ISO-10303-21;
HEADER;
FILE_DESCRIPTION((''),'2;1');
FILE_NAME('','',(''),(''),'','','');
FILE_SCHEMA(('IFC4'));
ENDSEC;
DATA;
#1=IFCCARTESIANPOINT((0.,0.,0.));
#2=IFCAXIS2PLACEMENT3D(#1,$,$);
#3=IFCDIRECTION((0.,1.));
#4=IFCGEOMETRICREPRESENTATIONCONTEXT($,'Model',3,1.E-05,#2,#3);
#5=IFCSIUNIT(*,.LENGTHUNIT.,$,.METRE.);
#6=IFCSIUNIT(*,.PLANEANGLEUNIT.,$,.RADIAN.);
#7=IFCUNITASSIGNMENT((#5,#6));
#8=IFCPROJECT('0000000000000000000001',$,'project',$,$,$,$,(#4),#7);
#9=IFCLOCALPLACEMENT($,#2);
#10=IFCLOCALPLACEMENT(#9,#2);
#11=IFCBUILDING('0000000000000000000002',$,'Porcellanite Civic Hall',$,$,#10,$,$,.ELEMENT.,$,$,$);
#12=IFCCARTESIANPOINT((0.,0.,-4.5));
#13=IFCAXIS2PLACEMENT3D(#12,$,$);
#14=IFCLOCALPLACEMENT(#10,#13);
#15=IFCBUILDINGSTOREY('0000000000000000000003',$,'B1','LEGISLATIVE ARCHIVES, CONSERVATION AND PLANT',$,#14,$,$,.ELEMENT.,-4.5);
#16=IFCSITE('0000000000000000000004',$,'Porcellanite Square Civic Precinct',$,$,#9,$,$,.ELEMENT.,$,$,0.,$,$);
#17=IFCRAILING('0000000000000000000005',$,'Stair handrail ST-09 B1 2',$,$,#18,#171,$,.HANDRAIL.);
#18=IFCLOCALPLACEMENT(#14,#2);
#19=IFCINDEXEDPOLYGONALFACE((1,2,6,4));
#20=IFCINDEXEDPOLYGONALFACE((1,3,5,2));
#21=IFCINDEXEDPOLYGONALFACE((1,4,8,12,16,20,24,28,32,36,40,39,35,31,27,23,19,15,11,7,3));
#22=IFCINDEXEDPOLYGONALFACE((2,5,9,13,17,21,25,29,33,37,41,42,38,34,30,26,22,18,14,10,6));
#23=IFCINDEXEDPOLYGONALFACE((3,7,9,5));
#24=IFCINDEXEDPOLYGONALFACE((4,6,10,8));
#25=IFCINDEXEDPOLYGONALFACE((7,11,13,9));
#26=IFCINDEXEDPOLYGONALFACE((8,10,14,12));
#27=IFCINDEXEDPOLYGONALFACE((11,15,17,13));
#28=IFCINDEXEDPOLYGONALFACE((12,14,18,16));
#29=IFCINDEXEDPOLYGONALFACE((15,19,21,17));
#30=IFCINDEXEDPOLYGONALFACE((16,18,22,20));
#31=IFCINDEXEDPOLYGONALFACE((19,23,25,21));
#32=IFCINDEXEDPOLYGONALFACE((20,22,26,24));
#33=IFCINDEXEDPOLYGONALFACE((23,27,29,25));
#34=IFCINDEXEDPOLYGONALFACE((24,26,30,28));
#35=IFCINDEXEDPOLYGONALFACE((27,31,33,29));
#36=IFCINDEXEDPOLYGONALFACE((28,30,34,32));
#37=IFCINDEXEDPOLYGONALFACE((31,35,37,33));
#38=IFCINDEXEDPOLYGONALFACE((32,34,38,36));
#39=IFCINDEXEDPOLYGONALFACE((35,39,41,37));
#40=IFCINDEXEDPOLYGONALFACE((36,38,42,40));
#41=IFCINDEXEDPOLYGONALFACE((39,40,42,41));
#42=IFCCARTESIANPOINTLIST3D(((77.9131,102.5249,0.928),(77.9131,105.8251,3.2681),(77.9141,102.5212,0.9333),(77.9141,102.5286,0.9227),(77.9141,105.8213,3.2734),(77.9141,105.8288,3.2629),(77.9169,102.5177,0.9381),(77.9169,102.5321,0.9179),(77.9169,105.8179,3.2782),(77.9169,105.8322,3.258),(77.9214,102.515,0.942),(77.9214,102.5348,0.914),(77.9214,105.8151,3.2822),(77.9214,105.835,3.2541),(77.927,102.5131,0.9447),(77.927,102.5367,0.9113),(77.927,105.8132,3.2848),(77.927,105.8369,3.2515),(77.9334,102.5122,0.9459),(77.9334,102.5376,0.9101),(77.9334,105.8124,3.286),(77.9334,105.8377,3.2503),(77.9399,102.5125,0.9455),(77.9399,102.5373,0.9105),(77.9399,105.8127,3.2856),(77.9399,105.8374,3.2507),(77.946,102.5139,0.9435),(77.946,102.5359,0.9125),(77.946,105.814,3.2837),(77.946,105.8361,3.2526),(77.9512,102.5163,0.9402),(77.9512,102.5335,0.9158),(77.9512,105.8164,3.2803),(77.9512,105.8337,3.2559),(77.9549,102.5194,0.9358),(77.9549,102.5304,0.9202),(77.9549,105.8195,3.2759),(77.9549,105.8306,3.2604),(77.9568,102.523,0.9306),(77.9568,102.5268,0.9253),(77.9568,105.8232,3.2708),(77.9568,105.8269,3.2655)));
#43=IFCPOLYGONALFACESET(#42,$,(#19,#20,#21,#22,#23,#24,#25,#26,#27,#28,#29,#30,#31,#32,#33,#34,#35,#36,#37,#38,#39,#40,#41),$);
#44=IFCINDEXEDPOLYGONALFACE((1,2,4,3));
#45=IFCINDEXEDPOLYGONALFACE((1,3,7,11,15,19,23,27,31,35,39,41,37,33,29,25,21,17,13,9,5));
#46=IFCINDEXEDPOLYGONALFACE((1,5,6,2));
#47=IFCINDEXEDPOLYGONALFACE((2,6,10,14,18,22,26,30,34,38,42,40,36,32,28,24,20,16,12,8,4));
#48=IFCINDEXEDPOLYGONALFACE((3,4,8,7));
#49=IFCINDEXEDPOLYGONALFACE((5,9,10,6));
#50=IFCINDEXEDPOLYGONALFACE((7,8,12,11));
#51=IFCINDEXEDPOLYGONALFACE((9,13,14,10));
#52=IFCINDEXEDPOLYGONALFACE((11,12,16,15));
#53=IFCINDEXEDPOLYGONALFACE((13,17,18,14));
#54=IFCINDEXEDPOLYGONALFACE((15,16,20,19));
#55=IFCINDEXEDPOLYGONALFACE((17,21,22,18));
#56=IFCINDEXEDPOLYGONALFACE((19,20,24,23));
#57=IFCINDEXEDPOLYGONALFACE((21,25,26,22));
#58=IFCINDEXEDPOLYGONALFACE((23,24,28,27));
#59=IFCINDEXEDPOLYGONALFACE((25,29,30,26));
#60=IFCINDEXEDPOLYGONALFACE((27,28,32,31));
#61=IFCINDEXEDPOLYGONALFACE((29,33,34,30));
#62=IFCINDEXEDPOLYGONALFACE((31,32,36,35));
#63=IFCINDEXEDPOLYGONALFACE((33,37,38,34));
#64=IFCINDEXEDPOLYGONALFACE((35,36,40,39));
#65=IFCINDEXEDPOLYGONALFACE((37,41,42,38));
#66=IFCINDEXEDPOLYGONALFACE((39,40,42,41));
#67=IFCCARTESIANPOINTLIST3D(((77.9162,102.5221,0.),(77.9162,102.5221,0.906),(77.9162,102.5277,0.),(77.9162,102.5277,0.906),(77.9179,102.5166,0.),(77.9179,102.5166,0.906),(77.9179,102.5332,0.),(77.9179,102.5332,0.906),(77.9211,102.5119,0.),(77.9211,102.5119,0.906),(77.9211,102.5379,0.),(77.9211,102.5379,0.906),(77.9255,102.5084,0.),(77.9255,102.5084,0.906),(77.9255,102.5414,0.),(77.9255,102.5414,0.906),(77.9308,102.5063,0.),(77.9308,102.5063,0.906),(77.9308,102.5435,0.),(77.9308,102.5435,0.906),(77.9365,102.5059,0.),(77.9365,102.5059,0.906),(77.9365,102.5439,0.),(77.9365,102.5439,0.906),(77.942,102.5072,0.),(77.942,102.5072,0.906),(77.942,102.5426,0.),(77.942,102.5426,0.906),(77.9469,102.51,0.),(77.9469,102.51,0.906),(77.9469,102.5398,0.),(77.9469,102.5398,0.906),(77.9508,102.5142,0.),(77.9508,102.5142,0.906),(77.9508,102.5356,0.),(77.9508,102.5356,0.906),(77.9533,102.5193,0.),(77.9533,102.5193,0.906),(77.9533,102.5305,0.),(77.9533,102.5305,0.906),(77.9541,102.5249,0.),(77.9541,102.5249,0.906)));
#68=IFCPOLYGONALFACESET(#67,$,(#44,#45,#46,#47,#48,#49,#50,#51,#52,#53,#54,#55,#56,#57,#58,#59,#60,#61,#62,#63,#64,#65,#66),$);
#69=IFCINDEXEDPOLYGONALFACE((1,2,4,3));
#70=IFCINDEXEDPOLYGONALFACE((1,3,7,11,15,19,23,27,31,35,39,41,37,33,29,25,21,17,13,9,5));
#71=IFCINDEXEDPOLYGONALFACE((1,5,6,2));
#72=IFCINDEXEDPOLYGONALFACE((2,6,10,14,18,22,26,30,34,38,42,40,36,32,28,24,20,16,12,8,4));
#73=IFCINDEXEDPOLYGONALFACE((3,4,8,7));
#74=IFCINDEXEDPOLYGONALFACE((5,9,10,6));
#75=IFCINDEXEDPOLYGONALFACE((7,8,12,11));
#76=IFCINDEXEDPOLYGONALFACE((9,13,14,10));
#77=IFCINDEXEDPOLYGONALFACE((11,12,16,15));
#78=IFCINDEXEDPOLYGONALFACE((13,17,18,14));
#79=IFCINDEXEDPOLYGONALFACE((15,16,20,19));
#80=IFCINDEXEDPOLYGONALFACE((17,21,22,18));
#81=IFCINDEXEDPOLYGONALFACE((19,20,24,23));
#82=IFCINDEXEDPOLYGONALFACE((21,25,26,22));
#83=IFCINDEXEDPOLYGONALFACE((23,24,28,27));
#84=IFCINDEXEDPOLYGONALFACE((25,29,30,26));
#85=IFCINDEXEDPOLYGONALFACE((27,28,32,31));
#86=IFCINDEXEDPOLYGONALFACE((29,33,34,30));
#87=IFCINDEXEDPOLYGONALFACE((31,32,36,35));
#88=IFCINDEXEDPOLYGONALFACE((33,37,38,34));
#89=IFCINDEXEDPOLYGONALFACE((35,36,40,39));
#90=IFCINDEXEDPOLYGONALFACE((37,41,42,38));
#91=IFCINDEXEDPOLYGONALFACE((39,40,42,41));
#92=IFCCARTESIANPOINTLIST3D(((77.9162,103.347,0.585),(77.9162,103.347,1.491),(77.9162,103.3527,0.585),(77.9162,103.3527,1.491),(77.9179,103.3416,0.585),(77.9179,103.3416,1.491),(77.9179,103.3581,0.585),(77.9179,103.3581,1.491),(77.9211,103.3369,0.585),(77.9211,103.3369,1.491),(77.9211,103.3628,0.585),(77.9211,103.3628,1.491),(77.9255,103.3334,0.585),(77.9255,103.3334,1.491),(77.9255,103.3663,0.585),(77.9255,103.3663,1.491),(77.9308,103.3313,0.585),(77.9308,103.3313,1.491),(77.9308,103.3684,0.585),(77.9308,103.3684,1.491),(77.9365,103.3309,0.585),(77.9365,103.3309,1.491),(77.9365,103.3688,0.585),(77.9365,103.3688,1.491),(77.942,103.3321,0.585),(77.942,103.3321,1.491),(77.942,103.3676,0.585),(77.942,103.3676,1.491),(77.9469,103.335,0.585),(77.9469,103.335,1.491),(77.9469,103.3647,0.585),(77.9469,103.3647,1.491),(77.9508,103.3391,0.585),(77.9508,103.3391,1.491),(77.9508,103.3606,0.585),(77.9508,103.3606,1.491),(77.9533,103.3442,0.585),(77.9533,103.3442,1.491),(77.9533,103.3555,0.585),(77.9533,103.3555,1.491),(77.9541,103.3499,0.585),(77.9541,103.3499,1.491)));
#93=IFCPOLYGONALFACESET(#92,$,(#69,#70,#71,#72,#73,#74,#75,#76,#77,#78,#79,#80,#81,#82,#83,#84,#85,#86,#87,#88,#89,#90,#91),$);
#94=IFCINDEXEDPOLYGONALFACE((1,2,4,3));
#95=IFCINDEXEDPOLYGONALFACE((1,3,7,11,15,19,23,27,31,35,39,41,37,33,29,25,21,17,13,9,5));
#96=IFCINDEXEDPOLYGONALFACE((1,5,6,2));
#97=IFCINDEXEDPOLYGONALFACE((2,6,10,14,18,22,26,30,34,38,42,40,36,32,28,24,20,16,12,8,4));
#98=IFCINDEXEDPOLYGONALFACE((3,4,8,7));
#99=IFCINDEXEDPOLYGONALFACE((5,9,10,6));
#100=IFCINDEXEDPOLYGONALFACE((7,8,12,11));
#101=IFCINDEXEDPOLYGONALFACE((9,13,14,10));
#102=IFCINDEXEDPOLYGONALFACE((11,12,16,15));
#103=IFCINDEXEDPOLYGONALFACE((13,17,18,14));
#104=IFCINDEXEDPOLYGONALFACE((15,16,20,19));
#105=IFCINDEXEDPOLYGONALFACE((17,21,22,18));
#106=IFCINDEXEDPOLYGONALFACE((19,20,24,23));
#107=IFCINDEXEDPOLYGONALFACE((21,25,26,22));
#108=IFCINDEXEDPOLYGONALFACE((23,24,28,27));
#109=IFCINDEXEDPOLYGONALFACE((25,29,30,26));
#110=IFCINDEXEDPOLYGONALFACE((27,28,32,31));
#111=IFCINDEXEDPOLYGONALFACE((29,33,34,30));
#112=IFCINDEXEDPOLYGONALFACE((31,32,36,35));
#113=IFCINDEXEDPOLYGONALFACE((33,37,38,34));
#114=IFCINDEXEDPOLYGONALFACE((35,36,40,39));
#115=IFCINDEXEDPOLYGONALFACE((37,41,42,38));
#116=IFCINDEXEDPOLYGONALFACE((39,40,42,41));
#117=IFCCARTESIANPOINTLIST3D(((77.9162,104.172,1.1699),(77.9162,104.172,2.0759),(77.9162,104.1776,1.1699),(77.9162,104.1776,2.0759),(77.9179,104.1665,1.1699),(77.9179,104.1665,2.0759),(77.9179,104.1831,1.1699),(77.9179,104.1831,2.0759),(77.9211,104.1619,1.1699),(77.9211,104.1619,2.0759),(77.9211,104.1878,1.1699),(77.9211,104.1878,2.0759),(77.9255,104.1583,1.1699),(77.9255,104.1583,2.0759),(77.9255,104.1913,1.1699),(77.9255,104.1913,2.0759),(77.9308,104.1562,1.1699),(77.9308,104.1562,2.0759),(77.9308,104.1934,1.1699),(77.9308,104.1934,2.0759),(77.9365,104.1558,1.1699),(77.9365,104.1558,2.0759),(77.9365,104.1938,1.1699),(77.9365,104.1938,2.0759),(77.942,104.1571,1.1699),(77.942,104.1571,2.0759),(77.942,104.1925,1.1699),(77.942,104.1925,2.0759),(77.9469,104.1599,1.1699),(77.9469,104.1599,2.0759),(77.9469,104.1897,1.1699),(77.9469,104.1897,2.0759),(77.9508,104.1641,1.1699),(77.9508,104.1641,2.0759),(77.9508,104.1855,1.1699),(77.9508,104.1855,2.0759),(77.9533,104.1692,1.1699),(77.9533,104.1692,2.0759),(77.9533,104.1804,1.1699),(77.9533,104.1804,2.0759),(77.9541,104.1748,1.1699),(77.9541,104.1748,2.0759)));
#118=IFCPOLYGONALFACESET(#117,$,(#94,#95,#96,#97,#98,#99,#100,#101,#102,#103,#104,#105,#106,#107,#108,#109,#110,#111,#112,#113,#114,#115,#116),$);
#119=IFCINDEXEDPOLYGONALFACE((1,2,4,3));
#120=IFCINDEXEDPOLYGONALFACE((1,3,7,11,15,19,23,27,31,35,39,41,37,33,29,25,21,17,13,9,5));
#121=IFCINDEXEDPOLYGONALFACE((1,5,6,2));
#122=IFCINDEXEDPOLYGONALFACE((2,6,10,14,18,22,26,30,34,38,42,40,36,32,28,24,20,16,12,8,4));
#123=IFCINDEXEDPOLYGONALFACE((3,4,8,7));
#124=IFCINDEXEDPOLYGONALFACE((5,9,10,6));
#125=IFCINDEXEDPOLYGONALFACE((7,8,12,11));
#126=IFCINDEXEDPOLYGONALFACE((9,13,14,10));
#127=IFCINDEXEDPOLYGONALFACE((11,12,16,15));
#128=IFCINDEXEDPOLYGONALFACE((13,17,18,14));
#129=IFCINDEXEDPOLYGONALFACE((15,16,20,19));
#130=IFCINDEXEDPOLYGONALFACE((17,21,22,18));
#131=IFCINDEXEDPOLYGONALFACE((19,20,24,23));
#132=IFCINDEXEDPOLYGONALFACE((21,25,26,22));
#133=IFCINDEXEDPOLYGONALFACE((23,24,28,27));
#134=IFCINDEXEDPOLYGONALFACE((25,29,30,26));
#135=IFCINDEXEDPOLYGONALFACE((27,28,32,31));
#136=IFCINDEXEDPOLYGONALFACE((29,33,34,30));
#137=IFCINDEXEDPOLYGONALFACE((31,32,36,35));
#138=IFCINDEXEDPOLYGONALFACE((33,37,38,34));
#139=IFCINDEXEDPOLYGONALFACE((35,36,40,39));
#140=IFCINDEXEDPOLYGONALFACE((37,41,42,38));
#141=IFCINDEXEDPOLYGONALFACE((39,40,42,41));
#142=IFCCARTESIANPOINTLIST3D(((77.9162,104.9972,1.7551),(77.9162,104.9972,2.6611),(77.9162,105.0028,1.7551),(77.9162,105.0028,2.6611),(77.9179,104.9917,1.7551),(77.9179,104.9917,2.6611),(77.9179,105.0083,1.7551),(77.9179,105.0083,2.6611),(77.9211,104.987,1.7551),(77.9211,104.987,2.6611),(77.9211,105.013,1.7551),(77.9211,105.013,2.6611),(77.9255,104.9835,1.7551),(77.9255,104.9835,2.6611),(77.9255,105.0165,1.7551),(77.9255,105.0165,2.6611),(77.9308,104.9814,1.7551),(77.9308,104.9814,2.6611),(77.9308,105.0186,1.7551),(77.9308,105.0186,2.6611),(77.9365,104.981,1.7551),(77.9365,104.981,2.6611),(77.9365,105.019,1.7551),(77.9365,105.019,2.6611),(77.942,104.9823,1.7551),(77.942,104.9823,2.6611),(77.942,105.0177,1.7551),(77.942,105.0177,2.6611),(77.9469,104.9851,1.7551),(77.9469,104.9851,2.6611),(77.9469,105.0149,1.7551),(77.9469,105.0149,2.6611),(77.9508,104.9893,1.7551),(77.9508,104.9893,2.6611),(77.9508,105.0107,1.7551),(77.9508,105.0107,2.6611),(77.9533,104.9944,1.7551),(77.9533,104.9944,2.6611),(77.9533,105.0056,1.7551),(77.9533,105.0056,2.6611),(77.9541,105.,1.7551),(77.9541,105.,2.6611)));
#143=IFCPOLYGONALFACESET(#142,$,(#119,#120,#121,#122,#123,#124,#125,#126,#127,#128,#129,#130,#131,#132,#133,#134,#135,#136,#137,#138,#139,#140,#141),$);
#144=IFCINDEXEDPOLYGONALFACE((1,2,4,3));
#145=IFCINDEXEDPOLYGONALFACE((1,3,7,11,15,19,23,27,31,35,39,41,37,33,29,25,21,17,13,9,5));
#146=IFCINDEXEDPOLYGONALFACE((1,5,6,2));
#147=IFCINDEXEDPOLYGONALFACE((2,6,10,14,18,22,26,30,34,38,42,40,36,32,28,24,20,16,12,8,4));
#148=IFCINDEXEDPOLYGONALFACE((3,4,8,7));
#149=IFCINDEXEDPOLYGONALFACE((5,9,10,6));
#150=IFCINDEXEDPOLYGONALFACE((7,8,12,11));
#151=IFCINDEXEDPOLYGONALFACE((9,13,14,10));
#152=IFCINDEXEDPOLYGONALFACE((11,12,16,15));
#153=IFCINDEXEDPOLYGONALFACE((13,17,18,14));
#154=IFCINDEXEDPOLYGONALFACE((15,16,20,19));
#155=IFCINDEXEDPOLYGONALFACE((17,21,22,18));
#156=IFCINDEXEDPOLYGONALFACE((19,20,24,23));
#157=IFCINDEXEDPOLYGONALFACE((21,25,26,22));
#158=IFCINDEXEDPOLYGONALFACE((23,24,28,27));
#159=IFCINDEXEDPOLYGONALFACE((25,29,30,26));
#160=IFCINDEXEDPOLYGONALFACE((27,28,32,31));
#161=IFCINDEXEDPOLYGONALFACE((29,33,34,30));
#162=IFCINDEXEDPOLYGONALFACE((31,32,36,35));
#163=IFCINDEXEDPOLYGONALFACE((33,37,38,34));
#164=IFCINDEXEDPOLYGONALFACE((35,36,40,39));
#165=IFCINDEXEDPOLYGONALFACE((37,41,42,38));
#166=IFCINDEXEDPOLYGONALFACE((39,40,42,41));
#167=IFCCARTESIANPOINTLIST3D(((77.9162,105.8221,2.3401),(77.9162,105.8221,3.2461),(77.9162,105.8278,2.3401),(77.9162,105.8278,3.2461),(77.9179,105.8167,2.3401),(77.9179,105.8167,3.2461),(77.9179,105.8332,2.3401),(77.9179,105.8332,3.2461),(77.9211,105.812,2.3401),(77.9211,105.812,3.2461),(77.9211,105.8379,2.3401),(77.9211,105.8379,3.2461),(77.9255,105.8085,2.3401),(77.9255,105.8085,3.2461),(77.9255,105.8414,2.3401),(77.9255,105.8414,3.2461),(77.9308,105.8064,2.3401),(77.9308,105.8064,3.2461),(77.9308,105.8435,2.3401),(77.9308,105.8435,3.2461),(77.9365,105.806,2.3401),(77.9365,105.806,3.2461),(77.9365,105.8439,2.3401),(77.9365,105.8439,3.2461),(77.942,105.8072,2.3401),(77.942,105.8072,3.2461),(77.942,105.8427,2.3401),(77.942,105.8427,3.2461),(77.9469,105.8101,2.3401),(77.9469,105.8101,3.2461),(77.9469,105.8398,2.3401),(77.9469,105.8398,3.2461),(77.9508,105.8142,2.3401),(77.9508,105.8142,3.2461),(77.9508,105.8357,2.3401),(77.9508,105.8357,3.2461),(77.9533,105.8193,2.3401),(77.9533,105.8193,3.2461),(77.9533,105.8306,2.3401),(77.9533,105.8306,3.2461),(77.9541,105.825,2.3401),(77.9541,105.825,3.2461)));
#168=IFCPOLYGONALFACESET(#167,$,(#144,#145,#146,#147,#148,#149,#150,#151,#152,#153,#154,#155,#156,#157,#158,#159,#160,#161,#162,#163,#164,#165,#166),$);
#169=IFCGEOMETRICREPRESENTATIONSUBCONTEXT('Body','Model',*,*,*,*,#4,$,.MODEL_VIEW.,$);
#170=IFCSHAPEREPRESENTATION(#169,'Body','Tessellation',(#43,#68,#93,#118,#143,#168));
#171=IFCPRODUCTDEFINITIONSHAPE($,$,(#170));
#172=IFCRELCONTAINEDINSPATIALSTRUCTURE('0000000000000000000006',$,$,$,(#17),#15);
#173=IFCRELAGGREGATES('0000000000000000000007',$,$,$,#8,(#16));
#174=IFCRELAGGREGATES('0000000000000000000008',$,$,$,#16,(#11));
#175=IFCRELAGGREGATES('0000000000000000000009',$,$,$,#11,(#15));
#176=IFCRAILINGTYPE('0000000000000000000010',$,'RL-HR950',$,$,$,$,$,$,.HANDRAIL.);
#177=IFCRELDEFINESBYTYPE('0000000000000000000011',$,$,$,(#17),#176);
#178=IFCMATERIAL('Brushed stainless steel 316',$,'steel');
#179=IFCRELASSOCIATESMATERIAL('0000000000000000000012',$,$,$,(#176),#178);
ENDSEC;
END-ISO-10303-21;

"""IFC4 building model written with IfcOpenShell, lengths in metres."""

from ifc_helpers import new_model, si_unit, direction, frame, origin, origin_2d, place, context, subcontext, project, spatial, circle, extrude, material, type_object, element, save


model = new_model("IFC4")

# Units and contexts
model_context = context("Model", 3, precision=1e-05, world=origin(), true_north=direction((0.0, 1.0)))
body_context = subcontext(model_context, "Body", "Model", "MODEL_VIEW")
ifc_project = project(units=[si_unit("LENGTHUNIT", "METRE"), si_unit("PLANEANGLEUNIT", "RADIAN")], contexts=[model_context])

# Site, building, storey
site_placement = place(None, origin())
site = spatial("IfcSite", under=ifc_project, at=site_placement, Name="Porcellanite Square Civic Precinct", CompositionType="ELEMENT", RefElevation=0.0)
building_placement = place(site_placement, origin())
building = spatial("IfcBuilding", under=site, at=building_placement, Name="Porcellanite Civic Hall", CompositionType="ELEMENT")
storey_placement = place(building_placement, frame((0.0, 0.0, -4.5)))
storey = spatial("IfcBuildingStorey", under=building, at=storey_placement, Name="B1", Description="LEGISLATIVE ARCHIVES, CONSERVATION AND PLANT", CompositionType="ELEMENT", Elevation=-4.5)

# Railing
ifc_material_1 = material(Name="Brushed stainless steel 316", Category="steel")
railing_type_1 = type_object("IfcRailingType", Name="RL-HR950", PredefinedType="HANDRAIL", material=ifc_material_1)
railing_1_placement = place(storey_placement, frame((77.9351, 102.5249, 0.0)))
element("IfcRailing", 1, at=railing_1_placement, inside=storey, type_object=railing_type_1, Name="Stair handrail ST-09 B1 2", PredefinedType="HANDRAIL", context=body_context, shape_type="SweptSolid", body=[
    extrude(circle(Radius=0.022, at=origin_2d()), frame((0.0, 0.0, 0.928), z_axis=(0.0, 0.815727, 0.578438), x_axis=(-1.0, 0.0, 0.0)), (0.0, 0.0, 1.0), 4.0457),
    extrude(circle(Radius=0.019, at=origin_2d()), origin(), (0.0, 0.0, 1.0), 0.906),
    extrude(circle(Radius=0.019, at=origin_2d()), frame((0.0, 0.825, 0.585)), (0.0, 0.0, 1.0), 0.906),
    extrude(circle(Radius=0.019, at=origin_2d()), frame((0.0, 1.6499, 1.1699)), (0.0, 0.0, 1.0), 0.906),
    extrude(circle(Radius=0.019, at=origin_2d()), frame((0.0, 2.4751, 1.7551)), (0.0, 0.0, 1.0), 0.906),
    extrude(circle(Radius=0.019, at=origin_2d()), frame((0.0, 3.3, 2.3401)), (0.0, 0.0, 1.0), 0.906),
])

save(model, "model.ifc")
